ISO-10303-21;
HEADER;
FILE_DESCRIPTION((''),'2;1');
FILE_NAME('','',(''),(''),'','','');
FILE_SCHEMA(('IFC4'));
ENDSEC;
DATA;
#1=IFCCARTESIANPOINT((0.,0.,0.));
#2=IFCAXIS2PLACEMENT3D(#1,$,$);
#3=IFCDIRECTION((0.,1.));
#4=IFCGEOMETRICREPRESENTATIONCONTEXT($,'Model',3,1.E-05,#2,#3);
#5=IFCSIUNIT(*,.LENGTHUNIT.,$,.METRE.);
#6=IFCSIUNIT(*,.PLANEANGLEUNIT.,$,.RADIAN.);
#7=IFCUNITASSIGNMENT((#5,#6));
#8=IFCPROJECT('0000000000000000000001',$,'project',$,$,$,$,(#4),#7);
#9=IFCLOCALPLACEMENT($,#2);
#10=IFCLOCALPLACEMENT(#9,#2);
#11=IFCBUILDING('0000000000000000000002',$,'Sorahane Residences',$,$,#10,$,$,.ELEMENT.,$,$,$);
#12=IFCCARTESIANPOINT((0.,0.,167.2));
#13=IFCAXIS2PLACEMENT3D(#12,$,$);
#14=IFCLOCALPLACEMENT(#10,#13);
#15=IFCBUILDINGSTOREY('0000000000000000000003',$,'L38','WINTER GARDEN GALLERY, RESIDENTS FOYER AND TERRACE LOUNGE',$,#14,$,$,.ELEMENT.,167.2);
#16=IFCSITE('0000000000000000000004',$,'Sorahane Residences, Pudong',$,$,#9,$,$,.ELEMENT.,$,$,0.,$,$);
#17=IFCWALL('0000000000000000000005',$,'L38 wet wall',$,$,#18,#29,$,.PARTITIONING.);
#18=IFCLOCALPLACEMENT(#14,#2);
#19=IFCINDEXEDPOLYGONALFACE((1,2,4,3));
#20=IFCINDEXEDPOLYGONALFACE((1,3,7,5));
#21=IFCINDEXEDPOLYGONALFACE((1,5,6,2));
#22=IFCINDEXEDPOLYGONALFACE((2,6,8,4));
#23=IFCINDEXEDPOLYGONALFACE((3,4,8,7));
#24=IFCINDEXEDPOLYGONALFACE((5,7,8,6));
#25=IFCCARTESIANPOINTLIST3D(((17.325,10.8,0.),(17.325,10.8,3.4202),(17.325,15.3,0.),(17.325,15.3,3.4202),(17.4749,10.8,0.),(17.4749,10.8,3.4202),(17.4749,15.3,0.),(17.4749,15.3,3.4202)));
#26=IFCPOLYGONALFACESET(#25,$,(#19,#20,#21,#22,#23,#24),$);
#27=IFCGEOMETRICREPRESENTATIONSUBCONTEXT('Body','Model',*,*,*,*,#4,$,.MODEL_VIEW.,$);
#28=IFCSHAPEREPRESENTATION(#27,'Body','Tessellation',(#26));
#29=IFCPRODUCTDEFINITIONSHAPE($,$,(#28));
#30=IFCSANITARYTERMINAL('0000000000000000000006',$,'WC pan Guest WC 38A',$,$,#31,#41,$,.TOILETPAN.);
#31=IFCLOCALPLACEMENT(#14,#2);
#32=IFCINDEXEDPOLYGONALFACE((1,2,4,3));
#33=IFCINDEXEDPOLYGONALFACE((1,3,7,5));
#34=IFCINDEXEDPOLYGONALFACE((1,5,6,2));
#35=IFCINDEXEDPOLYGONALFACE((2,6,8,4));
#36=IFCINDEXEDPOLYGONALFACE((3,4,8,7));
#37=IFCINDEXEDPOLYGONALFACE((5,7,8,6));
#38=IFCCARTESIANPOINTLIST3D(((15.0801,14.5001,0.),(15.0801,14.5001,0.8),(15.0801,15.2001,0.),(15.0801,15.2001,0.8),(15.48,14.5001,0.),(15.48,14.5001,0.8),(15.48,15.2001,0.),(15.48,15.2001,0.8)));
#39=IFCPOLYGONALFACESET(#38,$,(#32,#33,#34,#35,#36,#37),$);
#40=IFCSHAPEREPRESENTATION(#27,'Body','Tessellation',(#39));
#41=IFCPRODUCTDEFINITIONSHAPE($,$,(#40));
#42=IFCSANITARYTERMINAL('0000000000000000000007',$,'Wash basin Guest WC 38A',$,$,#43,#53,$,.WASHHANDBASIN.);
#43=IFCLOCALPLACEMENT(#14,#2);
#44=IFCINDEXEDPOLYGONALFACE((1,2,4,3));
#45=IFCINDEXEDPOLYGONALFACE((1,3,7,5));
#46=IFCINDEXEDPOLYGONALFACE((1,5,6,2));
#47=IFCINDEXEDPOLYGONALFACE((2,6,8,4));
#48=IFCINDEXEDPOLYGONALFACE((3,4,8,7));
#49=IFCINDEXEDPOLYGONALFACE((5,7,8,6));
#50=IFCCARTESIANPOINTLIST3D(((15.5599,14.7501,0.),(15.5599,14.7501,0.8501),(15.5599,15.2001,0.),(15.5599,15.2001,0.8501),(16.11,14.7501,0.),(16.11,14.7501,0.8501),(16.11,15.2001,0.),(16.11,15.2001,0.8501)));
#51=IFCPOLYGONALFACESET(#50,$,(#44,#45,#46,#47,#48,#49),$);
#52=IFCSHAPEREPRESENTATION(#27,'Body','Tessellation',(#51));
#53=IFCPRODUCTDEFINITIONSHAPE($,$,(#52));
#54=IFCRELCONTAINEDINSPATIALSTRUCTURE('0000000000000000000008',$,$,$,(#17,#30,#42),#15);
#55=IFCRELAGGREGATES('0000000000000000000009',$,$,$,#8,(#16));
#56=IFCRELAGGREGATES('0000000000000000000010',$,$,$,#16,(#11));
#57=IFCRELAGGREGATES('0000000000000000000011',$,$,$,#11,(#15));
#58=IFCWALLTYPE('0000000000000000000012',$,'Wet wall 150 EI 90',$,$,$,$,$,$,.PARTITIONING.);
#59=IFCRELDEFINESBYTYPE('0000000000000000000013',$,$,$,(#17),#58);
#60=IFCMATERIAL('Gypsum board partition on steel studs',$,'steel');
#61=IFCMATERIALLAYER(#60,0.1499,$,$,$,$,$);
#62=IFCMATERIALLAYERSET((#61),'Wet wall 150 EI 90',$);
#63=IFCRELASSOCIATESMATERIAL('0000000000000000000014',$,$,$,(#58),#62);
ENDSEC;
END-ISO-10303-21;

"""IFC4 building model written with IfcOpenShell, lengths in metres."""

from ifc_helpers import new_model, si_unit, direction, frame, frame_2d, origin, origin_2d, place, context, subcontext, project, spatial, rectangle, extrude, material, layer, layer_set, type_object, element, save


model = new_model("IFC4")

# Units and contexts
model_context = context("Model", 3, precision=1e-05, world=origin(), true_north=direction((0.0, 1.0)))
body_context = subcontext(model_context, "Body", "Model", "MODEL_VIEW")
ifc_project = project(units=[si_unit("LENGTHUNIT", "METRE"), si_unit("PLANEANGLEUNIT", "RADIAN")], contexts=[model_context])

# Site, building, storey
site_placement = place(None, origin())
site = spatial("IfcSite", under=ifc_project, at=site_placement, Name="Sorahane Residences, Pudong", CompositionType="ELEMENT", RefElevation=0.0)
building_placement = place(site_placement, origin())
building = spatial("IfcBuilding", under=site, at=building_placement, Name="Sorahane Residences", CompositionType="ELEMENT")
storey_placement = place(building_placement, frame((0.0, 0.0, 167.2)))
storey = spatial("IfcBuildingStorey", under=building, at=storey_placement, Name="L38", Description="WINTER GARDEN GALLERY, RESIDENTS FOYER AND TERRACE LOUNGE", CompositionType="ELEMENT", Elevation=167.2)

# Wall
ifc_material_1 = material(Name="Gypsum board partition on steel studs", Category="steel")
ifc_layer_1 = layer(ifc_material_1, 0.1499)
ifc_layer_set_1 = layer_set([ifc_layer_1], Name="Wet wall 150 EI 90")
wall_type_1 = type_object("IfcWallType", Name="Wet wall 150 EI 90", PredefinedType="PARTITIONING", material=ifc_layer_set_1)
wall_1_placement = place(storey_placement, frame((17.3999, 10.8, 0.0), z_axis=(0.0, 0.0, 1.0), x_axis=(0.0, 1.0, 0.0)))
element("IfcWall", 1, at=wall_1_placement, inside=storey, type_object=wall_type_1, Name="L38 wet wall", PredefinedType="PARTITIONING", context=body_context, shape_type="SweptSolid", body=[
    extrude(rectangle(XDim=4.5, YDim=0.1499, at=frame_2d((2.25, 0.0))), origin(), (0.0, 0.0, 1.0), 3.4202),
])

# Sanitary terminals
sanitary_terminal_1_placement = place(storey_placement, frame((15.28, 14.8501, 0.0), z_axis=(0.0, 0.0, 1.0), x_axis=(1.0, 0.0, 0.0)))
element("IfcSanitaryTerminal", 2, at=sanitary_terminal_1_placement, inside=storey, Name="WC pan Guest WC 38A", PredefinedType="TOILETPAN", context=body_context, shape_type="SweptSolid", body=[
    extrude(rectangle(XDim=0.3999, YDim=0.7, at=origin_2d()), origin(), (0.0, 0.0, 1.0), 0.8),
])
sanitary_terminal_2_placement = place(storey_placement, frame((15.835, 14.9751, 0.0), z_axis=(0.0, 0.0, 1.0), x_axis=(1.0, 0.0, 0.0)))
element("IfcSanitaryTerminal", 3, at=sanitary_terminal_2_placement, inside=storey, Name="Wash basin Guest WC 38A", PredefinedType="WASHHANDBASIN", context=body_context, shape_type="SweptSolid", body=[
    extrude(rectangle(XDim=0.55, YDim=0.45, at=origin_2d()), origin(), (0.0, 0.0, 1.0), 0.8501),
])

save(model, "model.ifc")
